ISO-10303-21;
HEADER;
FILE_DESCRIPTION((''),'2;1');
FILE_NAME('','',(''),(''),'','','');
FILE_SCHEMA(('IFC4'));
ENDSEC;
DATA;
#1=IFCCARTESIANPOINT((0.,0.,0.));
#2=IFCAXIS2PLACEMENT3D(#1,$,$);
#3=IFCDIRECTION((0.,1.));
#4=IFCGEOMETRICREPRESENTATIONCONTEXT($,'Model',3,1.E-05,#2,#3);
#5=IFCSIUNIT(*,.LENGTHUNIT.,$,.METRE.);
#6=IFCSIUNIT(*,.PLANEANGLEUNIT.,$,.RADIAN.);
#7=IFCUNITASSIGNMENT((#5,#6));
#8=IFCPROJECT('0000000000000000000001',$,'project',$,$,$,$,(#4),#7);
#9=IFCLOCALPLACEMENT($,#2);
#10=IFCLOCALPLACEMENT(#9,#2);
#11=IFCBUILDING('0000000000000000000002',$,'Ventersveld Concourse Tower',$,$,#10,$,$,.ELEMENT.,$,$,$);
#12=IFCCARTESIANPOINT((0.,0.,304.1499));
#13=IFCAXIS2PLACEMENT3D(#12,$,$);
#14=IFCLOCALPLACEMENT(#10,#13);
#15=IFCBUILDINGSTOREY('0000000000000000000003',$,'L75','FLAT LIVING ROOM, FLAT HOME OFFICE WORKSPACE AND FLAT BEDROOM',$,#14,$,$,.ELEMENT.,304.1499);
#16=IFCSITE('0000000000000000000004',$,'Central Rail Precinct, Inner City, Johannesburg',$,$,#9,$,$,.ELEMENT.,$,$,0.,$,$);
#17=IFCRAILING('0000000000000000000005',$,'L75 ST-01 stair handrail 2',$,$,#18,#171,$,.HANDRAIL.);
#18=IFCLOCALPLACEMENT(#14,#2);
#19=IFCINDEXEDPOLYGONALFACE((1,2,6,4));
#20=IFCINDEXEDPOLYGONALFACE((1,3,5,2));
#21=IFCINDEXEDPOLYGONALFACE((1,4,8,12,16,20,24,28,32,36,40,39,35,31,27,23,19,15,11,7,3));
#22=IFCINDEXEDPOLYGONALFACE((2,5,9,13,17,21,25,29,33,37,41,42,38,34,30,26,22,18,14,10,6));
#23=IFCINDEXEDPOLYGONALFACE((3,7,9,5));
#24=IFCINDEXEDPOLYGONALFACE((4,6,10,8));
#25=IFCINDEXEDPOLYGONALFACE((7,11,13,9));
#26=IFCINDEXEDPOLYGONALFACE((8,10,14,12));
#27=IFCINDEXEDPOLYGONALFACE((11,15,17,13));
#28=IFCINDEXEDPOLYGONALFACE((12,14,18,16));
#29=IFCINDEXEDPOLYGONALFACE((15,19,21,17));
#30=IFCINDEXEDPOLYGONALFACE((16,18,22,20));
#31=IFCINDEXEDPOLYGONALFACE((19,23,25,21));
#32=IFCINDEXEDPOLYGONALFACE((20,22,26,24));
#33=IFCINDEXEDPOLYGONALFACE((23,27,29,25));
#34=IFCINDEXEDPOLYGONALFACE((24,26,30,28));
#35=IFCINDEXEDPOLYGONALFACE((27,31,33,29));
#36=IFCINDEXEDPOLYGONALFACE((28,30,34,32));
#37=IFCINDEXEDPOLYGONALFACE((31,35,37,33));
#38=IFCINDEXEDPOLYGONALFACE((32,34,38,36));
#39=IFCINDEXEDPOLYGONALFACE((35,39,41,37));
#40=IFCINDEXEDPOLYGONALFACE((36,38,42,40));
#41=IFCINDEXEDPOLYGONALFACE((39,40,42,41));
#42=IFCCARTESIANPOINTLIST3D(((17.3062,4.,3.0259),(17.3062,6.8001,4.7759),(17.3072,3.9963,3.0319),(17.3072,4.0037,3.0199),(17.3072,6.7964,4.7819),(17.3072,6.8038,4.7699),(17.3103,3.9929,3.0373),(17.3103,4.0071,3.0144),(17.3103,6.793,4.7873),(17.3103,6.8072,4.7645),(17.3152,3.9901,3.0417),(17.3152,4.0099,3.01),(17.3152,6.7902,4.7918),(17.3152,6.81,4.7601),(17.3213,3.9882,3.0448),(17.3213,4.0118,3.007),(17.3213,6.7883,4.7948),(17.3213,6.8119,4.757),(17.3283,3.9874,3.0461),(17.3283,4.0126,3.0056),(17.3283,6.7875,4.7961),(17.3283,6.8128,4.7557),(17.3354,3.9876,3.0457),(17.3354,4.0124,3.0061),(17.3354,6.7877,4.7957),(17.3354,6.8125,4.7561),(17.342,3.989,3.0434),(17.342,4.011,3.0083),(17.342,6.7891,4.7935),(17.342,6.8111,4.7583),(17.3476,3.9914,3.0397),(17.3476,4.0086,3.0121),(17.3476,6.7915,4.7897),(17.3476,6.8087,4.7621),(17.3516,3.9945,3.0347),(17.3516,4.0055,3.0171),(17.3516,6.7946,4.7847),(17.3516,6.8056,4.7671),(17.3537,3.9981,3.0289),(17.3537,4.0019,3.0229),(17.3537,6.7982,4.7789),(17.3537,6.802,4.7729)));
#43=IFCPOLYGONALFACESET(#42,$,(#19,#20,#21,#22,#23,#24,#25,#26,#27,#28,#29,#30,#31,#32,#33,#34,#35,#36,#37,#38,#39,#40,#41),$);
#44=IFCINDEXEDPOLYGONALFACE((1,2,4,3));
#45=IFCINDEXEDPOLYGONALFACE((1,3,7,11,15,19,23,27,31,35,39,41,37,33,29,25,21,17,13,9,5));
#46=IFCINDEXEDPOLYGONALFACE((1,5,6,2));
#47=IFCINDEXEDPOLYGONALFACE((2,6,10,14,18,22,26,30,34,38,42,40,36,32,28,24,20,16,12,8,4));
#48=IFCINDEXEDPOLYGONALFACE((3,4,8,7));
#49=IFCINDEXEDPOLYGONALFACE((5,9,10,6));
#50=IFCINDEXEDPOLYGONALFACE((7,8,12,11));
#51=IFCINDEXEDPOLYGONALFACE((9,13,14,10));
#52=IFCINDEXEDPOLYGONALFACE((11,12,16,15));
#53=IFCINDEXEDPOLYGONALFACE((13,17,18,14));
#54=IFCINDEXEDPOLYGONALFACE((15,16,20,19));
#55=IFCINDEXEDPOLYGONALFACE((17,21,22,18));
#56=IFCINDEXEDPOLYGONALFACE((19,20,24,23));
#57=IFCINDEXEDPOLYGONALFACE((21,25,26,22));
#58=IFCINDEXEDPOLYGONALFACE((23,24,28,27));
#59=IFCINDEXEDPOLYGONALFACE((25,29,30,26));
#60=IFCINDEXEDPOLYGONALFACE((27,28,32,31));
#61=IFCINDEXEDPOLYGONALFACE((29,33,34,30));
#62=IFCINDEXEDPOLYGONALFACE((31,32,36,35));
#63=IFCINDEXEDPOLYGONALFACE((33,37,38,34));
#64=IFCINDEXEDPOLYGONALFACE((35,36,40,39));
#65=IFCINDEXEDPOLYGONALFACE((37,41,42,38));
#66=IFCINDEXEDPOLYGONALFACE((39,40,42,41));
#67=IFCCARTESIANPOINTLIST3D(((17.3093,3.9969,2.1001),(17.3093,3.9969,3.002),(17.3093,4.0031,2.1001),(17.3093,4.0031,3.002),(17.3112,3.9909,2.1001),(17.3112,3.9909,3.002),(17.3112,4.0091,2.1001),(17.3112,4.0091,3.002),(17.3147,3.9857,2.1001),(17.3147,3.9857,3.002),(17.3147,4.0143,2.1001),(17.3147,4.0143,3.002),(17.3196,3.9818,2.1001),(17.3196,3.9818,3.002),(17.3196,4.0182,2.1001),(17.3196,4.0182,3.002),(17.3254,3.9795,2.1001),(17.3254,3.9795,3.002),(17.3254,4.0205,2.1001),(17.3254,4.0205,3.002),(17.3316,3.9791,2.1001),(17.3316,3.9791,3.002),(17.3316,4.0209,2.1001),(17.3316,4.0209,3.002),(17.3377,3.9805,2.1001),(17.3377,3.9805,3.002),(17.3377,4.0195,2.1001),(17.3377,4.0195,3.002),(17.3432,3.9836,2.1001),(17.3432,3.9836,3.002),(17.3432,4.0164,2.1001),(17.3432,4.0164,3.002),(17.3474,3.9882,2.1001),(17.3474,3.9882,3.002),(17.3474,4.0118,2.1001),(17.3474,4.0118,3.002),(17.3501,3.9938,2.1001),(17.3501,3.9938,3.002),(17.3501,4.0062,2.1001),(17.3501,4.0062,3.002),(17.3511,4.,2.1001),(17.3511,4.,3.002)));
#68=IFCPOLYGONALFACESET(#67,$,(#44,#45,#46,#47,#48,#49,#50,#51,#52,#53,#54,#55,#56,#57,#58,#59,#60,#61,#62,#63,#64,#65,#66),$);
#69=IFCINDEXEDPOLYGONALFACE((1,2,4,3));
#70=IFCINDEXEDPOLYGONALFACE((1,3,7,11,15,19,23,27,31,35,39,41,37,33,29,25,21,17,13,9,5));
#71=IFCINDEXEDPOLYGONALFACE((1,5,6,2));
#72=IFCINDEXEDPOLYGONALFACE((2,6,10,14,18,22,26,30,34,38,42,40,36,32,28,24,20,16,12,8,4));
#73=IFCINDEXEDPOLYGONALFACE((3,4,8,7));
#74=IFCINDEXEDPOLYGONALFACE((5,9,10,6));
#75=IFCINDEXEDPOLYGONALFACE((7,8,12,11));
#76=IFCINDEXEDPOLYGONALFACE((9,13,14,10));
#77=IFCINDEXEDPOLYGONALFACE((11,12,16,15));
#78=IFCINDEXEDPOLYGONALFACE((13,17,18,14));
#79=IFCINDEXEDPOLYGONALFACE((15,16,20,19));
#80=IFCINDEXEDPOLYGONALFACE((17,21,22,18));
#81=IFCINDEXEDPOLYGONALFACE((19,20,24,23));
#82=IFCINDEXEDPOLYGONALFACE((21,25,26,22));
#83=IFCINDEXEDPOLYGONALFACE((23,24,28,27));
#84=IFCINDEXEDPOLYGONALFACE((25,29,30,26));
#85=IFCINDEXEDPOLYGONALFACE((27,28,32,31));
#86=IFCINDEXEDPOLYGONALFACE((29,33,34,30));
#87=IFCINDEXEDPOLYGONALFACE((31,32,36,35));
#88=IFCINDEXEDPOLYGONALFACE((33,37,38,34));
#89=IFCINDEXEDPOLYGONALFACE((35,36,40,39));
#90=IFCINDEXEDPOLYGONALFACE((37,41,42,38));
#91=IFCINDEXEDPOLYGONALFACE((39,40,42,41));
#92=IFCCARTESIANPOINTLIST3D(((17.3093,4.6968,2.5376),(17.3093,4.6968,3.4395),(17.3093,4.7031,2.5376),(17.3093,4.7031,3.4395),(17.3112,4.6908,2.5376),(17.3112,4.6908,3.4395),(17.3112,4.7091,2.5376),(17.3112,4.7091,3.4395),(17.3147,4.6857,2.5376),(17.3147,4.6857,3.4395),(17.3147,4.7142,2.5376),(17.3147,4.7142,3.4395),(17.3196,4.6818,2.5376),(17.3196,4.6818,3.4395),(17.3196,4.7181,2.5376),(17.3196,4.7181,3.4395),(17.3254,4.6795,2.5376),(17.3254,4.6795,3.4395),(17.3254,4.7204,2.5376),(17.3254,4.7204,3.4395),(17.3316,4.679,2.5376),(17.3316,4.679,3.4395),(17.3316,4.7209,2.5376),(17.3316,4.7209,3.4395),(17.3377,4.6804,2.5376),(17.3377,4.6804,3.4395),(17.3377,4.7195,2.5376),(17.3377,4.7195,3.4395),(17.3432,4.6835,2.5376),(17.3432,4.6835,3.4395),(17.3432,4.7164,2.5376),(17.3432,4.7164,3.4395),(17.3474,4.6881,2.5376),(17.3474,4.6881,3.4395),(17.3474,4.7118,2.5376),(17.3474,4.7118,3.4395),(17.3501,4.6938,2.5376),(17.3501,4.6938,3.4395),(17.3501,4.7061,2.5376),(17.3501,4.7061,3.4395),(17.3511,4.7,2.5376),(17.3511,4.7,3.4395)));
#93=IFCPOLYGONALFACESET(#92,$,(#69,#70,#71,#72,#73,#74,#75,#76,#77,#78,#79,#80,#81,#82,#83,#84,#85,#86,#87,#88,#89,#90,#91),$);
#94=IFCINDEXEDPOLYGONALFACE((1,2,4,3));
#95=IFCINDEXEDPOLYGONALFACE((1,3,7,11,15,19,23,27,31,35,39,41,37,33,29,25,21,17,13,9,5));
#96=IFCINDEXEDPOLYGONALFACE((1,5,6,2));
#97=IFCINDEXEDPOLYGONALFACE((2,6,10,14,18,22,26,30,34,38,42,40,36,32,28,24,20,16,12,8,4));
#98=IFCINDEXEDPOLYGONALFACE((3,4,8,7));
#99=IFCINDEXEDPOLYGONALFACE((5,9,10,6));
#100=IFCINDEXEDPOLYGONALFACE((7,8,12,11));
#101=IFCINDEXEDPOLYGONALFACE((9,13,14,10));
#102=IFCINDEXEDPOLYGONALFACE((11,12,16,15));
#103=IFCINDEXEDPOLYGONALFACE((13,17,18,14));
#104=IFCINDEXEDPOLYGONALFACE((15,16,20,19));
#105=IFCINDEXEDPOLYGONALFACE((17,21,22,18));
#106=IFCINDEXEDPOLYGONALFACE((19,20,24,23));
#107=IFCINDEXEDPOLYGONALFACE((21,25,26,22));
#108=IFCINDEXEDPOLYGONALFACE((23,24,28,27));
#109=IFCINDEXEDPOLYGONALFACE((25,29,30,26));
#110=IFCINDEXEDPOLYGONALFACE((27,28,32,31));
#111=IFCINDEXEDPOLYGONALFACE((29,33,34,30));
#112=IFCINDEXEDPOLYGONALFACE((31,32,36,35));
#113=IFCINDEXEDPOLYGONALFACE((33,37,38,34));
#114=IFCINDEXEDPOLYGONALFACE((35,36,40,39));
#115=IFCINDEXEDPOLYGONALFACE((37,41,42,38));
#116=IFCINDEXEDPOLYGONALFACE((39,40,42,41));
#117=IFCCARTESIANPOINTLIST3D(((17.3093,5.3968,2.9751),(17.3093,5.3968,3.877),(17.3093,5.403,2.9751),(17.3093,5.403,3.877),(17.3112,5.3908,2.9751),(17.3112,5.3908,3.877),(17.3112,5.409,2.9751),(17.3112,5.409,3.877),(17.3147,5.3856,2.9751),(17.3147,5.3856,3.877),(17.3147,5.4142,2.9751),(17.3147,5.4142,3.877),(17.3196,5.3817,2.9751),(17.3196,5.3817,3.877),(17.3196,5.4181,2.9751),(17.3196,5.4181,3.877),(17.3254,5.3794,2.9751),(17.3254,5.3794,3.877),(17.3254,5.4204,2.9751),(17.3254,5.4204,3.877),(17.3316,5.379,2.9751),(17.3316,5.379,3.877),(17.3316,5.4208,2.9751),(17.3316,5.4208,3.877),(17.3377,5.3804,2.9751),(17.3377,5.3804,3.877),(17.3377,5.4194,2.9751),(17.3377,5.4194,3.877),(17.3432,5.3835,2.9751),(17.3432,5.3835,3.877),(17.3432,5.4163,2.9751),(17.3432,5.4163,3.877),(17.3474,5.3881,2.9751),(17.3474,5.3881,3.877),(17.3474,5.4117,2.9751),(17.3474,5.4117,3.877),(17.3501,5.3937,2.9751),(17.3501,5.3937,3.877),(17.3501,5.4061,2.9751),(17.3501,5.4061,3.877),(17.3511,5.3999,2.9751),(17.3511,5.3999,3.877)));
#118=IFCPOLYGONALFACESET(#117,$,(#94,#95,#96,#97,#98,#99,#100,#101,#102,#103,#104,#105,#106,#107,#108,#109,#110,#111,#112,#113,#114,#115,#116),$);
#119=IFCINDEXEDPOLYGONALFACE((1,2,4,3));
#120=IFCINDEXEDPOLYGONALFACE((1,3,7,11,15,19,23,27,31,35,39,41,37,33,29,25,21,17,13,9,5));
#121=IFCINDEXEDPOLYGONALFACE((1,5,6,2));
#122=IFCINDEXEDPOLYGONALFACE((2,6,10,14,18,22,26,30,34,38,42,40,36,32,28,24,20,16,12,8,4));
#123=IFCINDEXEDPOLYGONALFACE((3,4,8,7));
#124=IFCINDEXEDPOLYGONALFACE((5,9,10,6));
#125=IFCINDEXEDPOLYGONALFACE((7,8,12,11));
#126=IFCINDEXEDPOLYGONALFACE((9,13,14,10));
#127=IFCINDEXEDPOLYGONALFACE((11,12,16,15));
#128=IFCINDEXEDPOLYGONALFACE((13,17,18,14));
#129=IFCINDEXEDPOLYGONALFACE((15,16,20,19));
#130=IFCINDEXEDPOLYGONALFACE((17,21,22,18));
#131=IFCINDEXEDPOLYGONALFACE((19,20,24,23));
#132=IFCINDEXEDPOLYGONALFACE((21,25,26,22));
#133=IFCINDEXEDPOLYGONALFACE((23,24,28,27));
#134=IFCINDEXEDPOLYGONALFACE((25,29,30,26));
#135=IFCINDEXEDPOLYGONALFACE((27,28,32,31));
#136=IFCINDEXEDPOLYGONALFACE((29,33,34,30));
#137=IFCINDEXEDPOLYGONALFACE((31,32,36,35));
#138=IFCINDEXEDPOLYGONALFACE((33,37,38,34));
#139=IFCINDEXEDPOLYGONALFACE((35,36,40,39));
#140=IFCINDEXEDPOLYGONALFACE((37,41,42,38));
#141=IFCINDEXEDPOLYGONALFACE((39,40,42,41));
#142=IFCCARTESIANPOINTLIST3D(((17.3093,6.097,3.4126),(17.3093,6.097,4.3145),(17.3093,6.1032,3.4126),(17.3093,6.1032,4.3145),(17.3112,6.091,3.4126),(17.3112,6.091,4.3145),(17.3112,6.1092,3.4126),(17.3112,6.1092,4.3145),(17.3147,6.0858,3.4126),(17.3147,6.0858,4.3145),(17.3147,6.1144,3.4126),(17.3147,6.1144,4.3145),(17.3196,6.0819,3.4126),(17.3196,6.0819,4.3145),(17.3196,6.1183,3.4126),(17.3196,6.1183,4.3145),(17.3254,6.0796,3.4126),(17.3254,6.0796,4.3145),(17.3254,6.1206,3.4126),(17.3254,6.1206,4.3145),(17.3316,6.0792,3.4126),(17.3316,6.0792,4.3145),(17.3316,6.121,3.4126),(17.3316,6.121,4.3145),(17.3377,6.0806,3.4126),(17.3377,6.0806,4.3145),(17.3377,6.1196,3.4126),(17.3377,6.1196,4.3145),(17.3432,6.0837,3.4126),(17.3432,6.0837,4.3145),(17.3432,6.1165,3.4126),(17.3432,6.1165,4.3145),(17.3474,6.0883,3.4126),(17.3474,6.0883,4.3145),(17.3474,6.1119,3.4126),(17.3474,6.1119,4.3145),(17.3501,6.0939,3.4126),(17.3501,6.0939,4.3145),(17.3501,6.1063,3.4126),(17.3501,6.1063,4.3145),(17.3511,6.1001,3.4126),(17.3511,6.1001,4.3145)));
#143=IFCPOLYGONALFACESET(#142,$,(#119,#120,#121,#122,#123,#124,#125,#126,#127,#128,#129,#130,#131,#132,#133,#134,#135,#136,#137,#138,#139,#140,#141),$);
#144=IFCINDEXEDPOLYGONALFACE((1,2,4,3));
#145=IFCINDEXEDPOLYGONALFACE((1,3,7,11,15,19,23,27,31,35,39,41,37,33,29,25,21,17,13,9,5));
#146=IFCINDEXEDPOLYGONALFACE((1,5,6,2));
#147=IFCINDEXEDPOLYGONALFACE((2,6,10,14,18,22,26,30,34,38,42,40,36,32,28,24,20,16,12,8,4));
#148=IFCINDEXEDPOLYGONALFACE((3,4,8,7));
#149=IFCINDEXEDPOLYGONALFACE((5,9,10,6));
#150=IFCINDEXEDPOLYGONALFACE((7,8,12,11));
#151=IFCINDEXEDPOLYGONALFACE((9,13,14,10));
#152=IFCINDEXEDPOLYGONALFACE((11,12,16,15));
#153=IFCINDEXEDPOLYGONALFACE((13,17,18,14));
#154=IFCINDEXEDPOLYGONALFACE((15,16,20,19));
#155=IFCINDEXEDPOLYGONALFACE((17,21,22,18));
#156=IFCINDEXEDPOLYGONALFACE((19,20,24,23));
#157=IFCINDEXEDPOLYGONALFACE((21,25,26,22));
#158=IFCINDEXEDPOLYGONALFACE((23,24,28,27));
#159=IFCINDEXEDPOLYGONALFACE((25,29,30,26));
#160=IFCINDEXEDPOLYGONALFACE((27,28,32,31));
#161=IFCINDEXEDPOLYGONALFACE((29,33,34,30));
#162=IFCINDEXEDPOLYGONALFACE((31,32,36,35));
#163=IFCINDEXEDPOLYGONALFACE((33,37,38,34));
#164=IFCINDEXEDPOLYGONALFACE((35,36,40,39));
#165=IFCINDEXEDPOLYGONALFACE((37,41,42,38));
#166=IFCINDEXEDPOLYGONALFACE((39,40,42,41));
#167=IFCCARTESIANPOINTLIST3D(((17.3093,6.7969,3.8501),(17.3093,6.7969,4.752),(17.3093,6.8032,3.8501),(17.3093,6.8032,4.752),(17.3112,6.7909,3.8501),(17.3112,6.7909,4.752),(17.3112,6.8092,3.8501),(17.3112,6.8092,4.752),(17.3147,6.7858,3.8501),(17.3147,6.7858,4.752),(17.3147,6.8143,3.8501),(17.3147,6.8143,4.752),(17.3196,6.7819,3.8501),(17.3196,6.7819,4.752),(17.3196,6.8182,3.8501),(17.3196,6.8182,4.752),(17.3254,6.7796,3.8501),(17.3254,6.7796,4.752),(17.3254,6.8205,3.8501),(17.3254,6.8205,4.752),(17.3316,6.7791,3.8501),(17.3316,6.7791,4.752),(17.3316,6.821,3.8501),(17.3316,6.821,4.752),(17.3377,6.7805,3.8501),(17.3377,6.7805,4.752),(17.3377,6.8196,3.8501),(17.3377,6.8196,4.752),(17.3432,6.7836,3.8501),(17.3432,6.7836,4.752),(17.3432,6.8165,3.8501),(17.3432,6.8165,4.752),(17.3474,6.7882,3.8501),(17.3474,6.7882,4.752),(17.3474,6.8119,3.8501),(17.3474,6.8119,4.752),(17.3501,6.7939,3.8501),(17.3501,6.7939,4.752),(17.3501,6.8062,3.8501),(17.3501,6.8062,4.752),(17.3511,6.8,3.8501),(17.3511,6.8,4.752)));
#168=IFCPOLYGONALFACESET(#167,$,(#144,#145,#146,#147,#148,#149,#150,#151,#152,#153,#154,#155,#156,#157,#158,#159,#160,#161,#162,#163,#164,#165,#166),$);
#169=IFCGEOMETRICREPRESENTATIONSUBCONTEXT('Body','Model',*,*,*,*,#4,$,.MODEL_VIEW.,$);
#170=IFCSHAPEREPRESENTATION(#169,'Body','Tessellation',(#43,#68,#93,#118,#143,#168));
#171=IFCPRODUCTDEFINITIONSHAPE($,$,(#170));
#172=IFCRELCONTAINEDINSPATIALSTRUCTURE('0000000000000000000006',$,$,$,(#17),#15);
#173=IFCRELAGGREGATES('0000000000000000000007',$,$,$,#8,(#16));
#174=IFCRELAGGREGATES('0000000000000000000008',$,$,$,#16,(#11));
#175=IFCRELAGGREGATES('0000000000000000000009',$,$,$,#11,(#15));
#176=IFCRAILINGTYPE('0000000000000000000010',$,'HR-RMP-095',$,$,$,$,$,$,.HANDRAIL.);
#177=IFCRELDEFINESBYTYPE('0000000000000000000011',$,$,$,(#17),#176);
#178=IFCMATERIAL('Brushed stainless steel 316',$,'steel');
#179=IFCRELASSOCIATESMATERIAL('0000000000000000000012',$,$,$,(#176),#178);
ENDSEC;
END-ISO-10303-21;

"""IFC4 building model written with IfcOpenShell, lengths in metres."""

from ifc_helpers import new_model, si_unit, direction, frame, origin, origin_2d, place, context, subcontext, project, spatial, circle, extrude, material, type_object, element, save


model = new_model("IFC4")

# Units and contexts
model_context = context("Model", 3, precision=1e-05, world=origin(), true_north=direction((0.0, 1.0)))
body_context = subcontext(model_context, "Body", "Model", "MODEL_VIEW")
ifc_project = project(units=[si_unit("LENGTHUNIT", "METRE"), si_unit("PLANEANGLEUNIT", "RADIAN")], contexts=[model_context])

# Site, building, storey
site_placement = place(None, origin())
site = spatial("IfcSite", under=ifc_project, at=site_placement, Name="Central Rail Precinct, Inner City, Johannesburg", CompositionType="ELEMENT", RefElevation=0.0)
building_placement = place(site_placement, origin())
building = spatial("IfcBuilding", under=site, at=building_placement, Name="Ventersveld Concourse Tower", CompositionType="ELEMENT")
storey_placement = place(building_placement, frame((0.0, 0.0, 304.1499)))
storey = spatial("IfcBuildingStorey", under=building, at=storey_placement, Name="L75", Description="FLAT LIVING ROOM, FLAT HOME OFFICE WORKSPACE AND FLAT BEDROOM", CompositionType="ELEMENT", Elevation=304.1499)

# Railing
ifc_material_1 = material(Name="Brushed stainless steel 316", Category="steel")
railing_type_1 = type_object("IfcRailingType", Name="HR-RMP-095", PredefinedType="HANDRAIL", material=ifc_material_1)
railing_1_placement = place(storey_placement, frame((17.3301, 4.0, 2.1001)))
element("IfcRailing", 1, at=railing_1_placement, inside=storey, type_object=railing_type_1, Name="L75 ST-01 stair handrail 2", PredefinedType="HANDRAIL", context=body_context, shape_type="SweptSolid", body=[
    extrude(circle(Radius=0.0239, at=origin_2d()), frame((0.0, 0.0, 0.9258), z_axis=(0.0, 0.848002, 0.529992), x_axis=(-1.0, 0.0, 0.0)), (0.0, 0.0, 1.0), 3.302),
    extrude(circle(Radius=0.021, at=origin_2d()), origin(), (0.0, 0.0, 1.0), 0.9019),
    extrude(circle(Radius=0.021, at=origin_2d()), frame((0.0, 0.7, 0.4375)), (0.0, 0.0, 1.0), 0.9019),
    extrude(circle(Radius=0.021, at=origin_2d()), frame((0.0, 1.3999, 0.875)), (0.0, 0.0, 1.0), 0.9019),
    extrude(circle(Radius=0.021, at=origin_2d()), frame((0.0, 2.1001, 1.3125)), (0.0, 0.0, 1.0), 0.9019),
    extrude(circle(Radius=0.021, at=origin_2d()), frame((0.0, 2.8, 1.75)), (0.0, 0.0, 1.0), 0.9019),
])

save(model, "model.ifc")
